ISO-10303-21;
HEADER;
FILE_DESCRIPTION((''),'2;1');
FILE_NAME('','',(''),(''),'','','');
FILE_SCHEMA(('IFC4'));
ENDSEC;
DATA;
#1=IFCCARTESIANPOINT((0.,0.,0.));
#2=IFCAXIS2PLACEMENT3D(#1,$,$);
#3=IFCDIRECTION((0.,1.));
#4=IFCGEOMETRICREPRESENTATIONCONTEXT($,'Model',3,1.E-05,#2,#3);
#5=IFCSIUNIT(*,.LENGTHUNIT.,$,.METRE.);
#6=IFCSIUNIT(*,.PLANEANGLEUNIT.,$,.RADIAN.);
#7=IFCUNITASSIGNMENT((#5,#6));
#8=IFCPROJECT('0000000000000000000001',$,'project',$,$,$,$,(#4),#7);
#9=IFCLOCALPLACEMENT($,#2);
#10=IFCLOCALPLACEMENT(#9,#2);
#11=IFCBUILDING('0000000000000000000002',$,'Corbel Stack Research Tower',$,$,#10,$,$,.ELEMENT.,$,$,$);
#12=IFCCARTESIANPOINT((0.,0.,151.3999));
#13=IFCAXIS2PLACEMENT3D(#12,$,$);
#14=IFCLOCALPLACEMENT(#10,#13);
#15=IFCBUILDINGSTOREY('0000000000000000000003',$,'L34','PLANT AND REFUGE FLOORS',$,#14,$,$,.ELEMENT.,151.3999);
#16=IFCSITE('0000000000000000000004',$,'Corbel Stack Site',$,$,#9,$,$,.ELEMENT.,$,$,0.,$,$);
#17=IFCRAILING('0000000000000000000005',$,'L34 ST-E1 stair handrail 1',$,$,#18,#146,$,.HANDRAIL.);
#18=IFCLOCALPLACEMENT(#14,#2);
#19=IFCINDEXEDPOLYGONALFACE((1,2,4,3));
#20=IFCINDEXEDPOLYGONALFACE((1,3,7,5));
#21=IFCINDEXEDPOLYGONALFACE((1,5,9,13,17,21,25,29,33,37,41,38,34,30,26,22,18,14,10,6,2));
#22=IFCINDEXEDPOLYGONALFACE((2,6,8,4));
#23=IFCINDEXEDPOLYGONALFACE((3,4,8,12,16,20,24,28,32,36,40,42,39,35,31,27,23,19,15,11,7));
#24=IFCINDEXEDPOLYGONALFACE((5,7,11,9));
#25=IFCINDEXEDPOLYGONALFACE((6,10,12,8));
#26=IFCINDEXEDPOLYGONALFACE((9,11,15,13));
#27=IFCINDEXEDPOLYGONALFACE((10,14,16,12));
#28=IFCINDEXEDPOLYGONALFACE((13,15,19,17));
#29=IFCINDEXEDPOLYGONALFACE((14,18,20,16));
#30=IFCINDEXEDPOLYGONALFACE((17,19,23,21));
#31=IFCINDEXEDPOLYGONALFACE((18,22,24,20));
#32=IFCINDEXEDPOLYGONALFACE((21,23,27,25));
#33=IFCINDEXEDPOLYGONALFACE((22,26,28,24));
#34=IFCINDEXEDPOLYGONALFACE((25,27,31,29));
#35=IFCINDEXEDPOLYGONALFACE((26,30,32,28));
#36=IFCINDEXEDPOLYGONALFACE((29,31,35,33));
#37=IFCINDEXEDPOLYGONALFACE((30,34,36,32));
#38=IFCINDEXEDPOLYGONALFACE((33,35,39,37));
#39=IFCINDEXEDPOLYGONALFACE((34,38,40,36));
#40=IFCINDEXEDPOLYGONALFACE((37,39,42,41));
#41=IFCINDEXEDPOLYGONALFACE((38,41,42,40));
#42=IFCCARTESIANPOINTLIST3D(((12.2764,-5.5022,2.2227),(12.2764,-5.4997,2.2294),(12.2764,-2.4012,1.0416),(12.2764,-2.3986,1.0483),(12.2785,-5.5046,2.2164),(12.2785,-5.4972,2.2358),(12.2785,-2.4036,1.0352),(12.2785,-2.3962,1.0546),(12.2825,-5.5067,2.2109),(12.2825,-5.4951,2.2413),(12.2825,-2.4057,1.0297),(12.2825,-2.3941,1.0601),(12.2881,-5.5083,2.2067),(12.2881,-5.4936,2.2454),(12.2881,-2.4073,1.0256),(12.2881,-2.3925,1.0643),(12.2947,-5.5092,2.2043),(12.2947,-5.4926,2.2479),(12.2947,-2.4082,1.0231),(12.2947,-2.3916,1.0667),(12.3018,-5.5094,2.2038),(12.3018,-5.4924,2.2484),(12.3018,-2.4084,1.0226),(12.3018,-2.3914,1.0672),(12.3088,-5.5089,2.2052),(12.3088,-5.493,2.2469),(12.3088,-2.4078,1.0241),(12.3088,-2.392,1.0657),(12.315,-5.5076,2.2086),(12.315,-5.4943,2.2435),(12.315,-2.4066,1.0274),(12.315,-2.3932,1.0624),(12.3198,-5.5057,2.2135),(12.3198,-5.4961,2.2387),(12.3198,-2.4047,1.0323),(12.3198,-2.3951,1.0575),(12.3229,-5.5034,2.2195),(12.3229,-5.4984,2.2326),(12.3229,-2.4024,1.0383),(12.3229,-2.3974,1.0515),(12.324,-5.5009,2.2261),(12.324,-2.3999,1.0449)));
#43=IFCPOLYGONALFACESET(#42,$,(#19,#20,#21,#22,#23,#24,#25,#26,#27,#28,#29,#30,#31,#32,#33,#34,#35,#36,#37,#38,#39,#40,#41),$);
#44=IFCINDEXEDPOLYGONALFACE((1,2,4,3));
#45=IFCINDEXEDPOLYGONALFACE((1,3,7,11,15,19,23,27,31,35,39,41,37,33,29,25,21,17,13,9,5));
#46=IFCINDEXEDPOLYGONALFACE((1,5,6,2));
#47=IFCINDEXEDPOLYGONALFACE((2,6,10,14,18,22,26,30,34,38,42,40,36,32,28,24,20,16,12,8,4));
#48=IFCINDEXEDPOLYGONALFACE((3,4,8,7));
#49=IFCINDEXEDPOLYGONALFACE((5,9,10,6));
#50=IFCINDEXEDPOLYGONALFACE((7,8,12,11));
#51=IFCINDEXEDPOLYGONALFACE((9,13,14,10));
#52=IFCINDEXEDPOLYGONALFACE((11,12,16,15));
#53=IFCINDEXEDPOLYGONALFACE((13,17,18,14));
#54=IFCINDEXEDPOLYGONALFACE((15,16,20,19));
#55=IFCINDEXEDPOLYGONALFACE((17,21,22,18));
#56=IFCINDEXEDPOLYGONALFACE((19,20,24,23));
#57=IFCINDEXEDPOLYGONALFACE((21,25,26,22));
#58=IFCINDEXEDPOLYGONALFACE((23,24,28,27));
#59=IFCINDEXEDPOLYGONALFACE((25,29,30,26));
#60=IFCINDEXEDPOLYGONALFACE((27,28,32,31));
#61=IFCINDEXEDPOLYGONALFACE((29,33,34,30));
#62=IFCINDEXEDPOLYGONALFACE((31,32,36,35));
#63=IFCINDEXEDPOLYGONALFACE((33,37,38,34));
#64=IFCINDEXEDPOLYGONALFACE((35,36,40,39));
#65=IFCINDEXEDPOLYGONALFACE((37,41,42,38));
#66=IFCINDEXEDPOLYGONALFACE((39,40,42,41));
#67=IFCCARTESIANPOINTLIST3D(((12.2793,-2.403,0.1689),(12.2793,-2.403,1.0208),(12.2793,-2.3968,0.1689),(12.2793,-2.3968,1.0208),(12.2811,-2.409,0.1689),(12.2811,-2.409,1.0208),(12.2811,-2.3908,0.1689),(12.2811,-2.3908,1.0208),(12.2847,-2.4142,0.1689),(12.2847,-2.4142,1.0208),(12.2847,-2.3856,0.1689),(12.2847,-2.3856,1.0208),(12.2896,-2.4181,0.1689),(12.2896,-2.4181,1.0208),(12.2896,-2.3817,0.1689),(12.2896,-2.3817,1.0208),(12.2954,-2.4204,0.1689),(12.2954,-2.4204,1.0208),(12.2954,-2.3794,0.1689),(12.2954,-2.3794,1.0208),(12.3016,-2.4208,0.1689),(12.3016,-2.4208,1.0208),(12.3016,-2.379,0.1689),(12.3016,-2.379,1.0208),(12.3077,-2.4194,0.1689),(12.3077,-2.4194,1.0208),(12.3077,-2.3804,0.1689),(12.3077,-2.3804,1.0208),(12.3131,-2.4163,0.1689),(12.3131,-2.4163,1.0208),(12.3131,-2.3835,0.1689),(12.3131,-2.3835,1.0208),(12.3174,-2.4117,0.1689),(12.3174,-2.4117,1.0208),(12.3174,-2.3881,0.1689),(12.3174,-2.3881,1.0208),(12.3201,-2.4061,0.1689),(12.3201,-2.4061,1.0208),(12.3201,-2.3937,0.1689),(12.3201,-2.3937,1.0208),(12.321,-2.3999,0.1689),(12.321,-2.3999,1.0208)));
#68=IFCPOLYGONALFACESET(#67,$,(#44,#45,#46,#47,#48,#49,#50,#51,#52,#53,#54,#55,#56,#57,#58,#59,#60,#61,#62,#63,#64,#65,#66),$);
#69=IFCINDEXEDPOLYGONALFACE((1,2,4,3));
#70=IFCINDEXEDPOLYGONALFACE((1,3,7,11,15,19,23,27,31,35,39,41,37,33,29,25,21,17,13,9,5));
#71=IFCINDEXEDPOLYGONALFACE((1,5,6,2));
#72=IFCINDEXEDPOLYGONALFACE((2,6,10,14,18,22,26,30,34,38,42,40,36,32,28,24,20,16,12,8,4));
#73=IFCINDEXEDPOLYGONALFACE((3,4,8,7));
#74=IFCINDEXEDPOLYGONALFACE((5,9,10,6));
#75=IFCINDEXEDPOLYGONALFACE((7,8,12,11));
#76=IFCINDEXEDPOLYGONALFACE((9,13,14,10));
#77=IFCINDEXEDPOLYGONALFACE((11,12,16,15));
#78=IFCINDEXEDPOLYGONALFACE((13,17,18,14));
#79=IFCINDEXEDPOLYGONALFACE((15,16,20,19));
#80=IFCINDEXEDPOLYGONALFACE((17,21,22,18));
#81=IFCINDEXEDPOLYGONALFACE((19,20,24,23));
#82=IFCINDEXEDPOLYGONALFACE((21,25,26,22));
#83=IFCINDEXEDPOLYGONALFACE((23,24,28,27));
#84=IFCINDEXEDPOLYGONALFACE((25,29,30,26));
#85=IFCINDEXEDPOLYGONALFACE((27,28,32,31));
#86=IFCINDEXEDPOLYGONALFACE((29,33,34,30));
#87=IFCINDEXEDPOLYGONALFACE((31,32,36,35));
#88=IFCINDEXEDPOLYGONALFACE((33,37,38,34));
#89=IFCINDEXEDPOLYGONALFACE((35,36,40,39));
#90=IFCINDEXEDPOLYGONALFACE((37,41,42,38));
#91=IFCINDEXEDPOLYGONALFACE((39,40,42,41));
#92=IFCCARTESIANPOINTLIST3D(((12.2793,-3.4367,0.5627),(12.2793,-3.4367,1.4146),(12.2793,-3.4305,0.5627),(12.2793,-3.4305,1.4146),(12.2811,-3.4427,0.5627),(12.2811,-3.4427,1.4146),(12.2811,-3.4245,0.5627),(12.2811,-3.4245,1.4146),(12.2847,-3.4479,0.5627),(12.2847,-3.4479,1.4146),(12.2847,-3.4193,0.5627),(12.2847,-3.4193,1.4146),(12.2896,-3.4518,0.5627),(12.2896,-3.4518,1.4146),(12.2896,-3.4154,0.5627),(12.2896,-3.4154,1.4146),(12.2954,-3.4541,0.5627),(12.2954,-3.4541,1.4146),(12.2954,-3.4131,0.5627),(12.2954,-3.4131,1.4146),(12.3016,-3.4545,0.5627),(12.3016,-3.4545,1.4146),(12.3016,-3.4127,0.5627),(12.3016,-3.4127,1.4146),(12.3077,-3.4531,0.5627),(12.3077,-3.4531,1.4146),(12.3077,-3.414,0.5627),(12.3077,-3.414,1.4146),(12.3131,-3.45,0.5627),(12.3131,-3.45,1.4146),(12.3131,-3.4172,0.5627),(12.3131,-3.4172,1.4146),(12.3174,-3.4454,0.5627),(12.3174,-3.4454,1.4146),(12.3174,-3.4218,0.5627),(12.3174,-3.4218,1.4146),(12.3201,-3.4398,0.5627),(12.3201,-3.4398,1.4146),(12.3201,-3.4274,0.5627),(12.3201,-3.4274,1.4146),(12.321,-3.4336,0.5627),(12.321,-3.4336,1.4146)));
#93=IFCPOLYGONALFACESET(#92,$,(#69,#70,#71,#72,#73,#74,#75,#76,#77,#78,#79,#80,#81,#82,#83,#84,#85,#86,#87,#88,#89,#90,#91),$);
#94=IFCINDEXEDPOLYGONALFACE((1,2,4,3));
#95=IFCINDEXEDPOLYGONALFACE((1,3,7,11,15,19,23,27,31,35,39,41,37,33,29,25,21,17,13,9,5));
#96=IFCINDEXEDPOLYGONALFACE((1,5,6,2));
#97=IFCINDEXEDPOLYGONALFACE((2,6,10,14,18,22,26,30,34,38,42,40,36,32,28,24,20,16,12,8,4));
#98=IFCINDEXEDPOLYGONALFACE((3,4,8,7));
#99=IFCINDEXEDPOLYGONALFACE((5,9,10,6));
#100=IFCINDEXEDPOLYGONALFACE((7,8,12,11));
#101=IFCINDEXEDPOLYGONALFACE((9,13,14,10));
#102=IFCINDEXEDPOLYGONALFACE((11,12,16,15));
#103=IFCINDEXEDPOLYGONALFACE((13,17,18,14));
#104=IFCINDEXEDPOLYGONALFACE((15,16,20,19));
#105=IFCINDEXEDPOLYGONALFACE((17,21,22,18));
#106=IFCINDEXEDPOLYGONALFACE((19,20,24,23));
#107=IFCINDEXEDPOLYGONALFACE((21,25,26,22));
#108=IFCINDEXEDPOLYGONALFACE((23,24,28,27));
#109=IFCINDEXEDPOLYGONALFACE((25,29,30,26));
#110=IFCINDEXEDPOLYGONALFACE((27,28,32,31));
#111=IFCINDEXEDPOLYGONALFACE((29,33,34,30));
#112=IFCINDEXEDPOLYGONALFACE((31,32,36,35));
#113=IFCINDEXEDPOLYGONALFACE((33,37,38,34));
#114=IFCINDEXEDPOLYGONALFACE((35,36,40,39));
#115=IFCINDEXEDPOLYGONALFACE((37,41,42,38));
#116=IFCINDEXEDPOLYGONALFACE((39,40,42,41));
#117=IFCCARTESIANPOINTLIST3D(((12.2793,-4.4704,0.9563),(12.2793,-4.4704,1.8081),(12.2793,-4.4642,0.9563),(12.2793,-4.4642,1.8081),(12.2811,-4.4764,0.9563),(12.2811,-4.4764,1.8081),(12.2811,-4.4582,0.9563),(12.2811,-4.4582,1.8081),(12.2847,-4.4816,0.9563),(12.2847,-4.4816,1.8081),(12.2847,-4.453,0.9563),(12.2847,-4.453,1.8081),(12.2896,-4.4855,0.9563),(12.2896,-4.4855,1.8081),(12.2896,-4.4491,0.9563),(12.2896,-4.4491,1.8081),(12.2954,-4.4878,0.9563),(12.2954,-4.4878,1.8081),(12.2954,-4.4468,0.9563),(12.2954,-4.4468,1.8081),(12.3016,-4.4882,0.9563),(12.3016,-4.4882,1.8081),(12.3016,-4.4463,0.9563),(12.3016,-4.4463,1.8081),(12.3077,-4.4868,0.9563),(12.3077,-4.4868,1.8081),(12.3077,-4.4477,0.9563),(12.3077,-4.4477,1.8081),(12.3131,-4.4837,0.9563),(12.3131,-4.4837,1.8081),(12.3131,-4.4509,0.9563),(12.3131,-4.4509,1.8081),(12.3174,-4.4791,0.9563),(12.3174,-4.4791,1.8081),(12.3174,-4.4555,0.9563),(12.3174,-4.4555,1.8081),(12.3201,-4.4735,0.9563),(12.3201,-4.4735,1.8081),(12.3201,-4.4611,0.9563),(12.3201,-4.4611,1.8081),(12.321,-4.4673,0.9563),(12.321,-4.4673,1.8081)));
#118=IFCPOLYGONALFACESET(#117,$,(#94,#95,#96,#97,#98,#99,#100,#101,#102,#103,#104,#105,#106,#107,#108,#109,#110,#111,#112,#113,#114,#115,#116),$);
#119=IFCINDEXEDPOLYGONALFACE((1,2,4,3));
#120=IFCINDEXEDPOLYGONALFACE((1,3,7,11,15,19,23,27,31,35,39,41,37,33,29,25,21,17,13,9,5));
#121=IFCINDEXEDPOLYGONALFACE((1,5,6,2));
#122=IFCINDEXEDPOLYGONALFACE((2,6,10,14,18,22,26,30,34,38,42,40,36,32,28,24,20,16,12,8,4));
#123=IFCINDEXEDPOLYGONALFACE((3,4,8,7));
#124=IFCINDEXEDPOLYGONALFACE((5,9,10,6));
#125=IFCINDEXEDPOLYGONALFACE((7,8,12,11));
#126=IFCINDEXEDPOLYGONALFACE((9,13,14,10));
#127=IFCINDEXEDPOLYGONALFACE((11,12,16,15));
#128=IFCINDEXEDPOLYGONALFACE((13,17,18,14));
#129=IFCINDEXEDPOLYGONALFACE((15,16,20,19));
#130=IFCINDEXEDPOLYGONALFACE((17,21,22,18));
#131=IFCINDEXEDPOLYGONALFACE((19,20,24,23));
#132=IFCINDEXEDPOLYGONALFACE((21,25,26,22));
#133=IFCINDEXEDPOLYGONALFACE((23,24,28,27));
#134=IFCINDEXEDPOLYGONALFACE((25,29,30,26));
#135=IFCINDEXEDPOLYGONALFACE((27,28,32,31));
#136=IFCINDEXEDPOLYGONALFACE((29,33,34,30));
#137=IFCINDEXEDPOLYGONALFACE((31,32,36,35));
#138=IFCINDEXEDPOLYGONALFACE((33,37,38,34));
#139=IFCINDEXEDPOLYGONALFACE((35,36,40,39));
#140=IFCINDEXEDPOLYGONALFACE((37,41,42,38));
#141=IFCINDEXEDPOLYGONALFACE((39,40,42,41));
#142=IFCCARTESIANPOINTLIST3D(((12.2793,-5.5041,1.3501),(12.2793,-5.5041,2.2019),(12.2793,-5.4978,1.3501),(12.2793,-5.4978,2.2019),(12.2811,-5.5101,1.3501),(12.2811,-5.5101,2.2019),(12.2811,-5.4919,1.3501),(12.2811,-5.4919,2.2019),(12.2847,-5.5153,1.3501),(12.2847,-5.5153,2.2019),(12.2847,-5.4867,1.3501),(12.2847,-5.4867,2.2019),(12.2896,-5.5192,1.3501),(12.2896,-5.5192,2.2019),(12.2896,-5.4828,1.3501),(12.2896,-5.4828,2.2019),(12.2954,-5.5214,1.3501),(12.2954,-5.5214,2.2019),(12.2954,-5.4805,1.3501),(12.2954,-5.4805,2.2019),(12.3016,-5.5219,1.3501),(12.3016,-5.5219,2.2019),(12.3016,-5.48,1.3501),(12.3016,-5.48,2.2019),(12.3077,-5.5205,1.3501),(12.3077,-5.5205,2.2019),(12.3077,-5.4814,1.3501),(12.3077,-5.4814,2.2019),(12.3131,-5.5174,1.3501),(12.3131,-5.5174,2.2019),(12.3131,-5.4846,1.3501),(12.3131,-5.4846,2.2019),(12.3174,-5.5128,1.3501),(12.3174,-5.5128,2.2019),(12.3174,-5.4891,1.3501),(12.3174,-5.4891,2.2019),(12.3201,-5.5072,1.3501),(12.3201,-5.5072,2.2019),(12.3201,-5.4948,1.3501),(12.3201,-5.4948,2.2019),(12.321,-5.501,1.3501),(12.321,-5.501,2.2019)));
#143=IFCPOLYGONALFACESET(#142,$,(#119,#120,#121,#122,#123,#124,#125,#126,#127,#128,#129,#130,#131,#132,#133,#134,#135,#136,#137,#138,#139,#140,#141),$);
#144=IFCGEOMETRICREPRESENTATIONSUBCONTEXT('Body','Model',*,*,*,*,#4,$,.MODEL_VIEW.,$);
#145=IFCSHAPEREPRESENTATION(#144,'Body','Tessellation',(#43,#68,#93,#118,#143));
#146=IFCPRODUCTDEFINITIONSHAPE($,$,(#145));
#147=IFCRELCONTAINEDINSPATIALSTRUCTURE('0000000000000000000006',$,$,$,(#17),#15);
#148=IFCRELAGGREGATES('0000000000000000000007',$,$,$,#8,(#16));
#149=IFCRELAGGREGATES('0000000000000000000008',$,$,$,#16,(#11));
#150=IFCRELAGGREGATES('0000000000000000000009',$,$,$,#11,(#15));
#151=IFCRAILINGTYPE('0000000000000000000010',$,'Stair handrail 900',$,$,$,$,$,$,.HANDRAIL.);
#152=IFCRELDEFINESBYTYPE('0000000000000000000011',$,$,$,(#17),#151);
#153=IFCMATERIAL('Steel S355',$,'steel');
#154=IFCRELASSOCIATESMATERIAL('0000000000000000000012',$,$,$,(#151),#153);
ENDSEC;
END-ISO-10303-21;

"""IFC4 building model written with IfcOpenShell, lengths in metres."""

from ifc_helpers import new_model, si_unit, direction, frame, origin, origin_2d, place, context, subcontext, project, spatial, circle, extrude, material, type_object, element, save


model = new_model("IFC4")

# Units and contexts
model_context = context("Model", 3, precision=1e-05, world=origin(), true_north=direction((0.0, 1.0)))
body_context = subcontext(model_context, "Body", "Model", "MODEL_VIEW")
ifc_project = project(units=[si_unit("LENGTHUNIT", "METRE"), si_unit("PLANEANGLEUNIT", "RADIAN")], contexts=[model_context])

# Site, building, storey
site_placement = place(None, origin())
site = spatial("IfcSite", under=ifc_project, at=site_placement, Name="Corbel Stack Site", CompositionType="ELEMENT", RefElevation=0.0)
building_placement = place(site_placement, origin())
building = spatial("IfcBuilding", under=site, at=building_placement, Name="Corbel Stack Research Tower", CompositionType="ELEMENT")
storey_placement = place(building_placement, frame((0.0, 0.0, 151.3999)))
storey = spatial("IfcBuildingStorey", under=building, at=storey_placement, Name="L34", Description="PLANT AND REFUGE FLOORS", CompositionType="ELEMENT", Elevation=151.3999)

# Railing
ifc_material_1 = material(Name="Steel S355", Category="steel")
railing_type_1 = type_object("IfcRailingType", Name="Stair handrail 900", PredefinedType="HANDRAIL", material=ifc_material_1)
for number, where, name in (
    (1, (12.3, -2.3999, 0.1689), "L34 ST-E1 stair handrail 1"),
):
    element("IfcRailing", number, at=place(storey_placement, frame(where)), inside=storey, type_object=railing_type_1, Name=name, PredefinedType="HANDRAIL", context=body_context, shape_type="SweptSolid", body=[
        extrude(circle(Radius=0.0239, at=origin_2d()), frame((0.0, 0.0, 0.876), z_axis=(0.0, -0.934509, 0.35594), x_axis=(1.0, 0.0, 0.0)), (0.0, 0.0, 1.0), 3.3184),
        extrude(circle(Radius=0.021, at=origin_2d()), origin(), (0.0, 0.0, 1.0), 0.8518),
        extrude(circle(Radius=0.021, at=origin_2d()), frame((0.0, -1.0337, 0.3938)), (0.0, 0.0, 1.0), 0.8518),
        extrude(circle(Radius=0.021, at=origin_2d()), frame((0.0, -2.0674, 0.7874)), (0.0, 0.0, 1.0), 0.8518),
        extrude(circle(Radius=0.021, at=origin_2d()), frame((0.0, -3.1011, 1.1812)), (0.0, 0.0, 1.0), 0.8518),
    ])

save(model, "model.ifc")
